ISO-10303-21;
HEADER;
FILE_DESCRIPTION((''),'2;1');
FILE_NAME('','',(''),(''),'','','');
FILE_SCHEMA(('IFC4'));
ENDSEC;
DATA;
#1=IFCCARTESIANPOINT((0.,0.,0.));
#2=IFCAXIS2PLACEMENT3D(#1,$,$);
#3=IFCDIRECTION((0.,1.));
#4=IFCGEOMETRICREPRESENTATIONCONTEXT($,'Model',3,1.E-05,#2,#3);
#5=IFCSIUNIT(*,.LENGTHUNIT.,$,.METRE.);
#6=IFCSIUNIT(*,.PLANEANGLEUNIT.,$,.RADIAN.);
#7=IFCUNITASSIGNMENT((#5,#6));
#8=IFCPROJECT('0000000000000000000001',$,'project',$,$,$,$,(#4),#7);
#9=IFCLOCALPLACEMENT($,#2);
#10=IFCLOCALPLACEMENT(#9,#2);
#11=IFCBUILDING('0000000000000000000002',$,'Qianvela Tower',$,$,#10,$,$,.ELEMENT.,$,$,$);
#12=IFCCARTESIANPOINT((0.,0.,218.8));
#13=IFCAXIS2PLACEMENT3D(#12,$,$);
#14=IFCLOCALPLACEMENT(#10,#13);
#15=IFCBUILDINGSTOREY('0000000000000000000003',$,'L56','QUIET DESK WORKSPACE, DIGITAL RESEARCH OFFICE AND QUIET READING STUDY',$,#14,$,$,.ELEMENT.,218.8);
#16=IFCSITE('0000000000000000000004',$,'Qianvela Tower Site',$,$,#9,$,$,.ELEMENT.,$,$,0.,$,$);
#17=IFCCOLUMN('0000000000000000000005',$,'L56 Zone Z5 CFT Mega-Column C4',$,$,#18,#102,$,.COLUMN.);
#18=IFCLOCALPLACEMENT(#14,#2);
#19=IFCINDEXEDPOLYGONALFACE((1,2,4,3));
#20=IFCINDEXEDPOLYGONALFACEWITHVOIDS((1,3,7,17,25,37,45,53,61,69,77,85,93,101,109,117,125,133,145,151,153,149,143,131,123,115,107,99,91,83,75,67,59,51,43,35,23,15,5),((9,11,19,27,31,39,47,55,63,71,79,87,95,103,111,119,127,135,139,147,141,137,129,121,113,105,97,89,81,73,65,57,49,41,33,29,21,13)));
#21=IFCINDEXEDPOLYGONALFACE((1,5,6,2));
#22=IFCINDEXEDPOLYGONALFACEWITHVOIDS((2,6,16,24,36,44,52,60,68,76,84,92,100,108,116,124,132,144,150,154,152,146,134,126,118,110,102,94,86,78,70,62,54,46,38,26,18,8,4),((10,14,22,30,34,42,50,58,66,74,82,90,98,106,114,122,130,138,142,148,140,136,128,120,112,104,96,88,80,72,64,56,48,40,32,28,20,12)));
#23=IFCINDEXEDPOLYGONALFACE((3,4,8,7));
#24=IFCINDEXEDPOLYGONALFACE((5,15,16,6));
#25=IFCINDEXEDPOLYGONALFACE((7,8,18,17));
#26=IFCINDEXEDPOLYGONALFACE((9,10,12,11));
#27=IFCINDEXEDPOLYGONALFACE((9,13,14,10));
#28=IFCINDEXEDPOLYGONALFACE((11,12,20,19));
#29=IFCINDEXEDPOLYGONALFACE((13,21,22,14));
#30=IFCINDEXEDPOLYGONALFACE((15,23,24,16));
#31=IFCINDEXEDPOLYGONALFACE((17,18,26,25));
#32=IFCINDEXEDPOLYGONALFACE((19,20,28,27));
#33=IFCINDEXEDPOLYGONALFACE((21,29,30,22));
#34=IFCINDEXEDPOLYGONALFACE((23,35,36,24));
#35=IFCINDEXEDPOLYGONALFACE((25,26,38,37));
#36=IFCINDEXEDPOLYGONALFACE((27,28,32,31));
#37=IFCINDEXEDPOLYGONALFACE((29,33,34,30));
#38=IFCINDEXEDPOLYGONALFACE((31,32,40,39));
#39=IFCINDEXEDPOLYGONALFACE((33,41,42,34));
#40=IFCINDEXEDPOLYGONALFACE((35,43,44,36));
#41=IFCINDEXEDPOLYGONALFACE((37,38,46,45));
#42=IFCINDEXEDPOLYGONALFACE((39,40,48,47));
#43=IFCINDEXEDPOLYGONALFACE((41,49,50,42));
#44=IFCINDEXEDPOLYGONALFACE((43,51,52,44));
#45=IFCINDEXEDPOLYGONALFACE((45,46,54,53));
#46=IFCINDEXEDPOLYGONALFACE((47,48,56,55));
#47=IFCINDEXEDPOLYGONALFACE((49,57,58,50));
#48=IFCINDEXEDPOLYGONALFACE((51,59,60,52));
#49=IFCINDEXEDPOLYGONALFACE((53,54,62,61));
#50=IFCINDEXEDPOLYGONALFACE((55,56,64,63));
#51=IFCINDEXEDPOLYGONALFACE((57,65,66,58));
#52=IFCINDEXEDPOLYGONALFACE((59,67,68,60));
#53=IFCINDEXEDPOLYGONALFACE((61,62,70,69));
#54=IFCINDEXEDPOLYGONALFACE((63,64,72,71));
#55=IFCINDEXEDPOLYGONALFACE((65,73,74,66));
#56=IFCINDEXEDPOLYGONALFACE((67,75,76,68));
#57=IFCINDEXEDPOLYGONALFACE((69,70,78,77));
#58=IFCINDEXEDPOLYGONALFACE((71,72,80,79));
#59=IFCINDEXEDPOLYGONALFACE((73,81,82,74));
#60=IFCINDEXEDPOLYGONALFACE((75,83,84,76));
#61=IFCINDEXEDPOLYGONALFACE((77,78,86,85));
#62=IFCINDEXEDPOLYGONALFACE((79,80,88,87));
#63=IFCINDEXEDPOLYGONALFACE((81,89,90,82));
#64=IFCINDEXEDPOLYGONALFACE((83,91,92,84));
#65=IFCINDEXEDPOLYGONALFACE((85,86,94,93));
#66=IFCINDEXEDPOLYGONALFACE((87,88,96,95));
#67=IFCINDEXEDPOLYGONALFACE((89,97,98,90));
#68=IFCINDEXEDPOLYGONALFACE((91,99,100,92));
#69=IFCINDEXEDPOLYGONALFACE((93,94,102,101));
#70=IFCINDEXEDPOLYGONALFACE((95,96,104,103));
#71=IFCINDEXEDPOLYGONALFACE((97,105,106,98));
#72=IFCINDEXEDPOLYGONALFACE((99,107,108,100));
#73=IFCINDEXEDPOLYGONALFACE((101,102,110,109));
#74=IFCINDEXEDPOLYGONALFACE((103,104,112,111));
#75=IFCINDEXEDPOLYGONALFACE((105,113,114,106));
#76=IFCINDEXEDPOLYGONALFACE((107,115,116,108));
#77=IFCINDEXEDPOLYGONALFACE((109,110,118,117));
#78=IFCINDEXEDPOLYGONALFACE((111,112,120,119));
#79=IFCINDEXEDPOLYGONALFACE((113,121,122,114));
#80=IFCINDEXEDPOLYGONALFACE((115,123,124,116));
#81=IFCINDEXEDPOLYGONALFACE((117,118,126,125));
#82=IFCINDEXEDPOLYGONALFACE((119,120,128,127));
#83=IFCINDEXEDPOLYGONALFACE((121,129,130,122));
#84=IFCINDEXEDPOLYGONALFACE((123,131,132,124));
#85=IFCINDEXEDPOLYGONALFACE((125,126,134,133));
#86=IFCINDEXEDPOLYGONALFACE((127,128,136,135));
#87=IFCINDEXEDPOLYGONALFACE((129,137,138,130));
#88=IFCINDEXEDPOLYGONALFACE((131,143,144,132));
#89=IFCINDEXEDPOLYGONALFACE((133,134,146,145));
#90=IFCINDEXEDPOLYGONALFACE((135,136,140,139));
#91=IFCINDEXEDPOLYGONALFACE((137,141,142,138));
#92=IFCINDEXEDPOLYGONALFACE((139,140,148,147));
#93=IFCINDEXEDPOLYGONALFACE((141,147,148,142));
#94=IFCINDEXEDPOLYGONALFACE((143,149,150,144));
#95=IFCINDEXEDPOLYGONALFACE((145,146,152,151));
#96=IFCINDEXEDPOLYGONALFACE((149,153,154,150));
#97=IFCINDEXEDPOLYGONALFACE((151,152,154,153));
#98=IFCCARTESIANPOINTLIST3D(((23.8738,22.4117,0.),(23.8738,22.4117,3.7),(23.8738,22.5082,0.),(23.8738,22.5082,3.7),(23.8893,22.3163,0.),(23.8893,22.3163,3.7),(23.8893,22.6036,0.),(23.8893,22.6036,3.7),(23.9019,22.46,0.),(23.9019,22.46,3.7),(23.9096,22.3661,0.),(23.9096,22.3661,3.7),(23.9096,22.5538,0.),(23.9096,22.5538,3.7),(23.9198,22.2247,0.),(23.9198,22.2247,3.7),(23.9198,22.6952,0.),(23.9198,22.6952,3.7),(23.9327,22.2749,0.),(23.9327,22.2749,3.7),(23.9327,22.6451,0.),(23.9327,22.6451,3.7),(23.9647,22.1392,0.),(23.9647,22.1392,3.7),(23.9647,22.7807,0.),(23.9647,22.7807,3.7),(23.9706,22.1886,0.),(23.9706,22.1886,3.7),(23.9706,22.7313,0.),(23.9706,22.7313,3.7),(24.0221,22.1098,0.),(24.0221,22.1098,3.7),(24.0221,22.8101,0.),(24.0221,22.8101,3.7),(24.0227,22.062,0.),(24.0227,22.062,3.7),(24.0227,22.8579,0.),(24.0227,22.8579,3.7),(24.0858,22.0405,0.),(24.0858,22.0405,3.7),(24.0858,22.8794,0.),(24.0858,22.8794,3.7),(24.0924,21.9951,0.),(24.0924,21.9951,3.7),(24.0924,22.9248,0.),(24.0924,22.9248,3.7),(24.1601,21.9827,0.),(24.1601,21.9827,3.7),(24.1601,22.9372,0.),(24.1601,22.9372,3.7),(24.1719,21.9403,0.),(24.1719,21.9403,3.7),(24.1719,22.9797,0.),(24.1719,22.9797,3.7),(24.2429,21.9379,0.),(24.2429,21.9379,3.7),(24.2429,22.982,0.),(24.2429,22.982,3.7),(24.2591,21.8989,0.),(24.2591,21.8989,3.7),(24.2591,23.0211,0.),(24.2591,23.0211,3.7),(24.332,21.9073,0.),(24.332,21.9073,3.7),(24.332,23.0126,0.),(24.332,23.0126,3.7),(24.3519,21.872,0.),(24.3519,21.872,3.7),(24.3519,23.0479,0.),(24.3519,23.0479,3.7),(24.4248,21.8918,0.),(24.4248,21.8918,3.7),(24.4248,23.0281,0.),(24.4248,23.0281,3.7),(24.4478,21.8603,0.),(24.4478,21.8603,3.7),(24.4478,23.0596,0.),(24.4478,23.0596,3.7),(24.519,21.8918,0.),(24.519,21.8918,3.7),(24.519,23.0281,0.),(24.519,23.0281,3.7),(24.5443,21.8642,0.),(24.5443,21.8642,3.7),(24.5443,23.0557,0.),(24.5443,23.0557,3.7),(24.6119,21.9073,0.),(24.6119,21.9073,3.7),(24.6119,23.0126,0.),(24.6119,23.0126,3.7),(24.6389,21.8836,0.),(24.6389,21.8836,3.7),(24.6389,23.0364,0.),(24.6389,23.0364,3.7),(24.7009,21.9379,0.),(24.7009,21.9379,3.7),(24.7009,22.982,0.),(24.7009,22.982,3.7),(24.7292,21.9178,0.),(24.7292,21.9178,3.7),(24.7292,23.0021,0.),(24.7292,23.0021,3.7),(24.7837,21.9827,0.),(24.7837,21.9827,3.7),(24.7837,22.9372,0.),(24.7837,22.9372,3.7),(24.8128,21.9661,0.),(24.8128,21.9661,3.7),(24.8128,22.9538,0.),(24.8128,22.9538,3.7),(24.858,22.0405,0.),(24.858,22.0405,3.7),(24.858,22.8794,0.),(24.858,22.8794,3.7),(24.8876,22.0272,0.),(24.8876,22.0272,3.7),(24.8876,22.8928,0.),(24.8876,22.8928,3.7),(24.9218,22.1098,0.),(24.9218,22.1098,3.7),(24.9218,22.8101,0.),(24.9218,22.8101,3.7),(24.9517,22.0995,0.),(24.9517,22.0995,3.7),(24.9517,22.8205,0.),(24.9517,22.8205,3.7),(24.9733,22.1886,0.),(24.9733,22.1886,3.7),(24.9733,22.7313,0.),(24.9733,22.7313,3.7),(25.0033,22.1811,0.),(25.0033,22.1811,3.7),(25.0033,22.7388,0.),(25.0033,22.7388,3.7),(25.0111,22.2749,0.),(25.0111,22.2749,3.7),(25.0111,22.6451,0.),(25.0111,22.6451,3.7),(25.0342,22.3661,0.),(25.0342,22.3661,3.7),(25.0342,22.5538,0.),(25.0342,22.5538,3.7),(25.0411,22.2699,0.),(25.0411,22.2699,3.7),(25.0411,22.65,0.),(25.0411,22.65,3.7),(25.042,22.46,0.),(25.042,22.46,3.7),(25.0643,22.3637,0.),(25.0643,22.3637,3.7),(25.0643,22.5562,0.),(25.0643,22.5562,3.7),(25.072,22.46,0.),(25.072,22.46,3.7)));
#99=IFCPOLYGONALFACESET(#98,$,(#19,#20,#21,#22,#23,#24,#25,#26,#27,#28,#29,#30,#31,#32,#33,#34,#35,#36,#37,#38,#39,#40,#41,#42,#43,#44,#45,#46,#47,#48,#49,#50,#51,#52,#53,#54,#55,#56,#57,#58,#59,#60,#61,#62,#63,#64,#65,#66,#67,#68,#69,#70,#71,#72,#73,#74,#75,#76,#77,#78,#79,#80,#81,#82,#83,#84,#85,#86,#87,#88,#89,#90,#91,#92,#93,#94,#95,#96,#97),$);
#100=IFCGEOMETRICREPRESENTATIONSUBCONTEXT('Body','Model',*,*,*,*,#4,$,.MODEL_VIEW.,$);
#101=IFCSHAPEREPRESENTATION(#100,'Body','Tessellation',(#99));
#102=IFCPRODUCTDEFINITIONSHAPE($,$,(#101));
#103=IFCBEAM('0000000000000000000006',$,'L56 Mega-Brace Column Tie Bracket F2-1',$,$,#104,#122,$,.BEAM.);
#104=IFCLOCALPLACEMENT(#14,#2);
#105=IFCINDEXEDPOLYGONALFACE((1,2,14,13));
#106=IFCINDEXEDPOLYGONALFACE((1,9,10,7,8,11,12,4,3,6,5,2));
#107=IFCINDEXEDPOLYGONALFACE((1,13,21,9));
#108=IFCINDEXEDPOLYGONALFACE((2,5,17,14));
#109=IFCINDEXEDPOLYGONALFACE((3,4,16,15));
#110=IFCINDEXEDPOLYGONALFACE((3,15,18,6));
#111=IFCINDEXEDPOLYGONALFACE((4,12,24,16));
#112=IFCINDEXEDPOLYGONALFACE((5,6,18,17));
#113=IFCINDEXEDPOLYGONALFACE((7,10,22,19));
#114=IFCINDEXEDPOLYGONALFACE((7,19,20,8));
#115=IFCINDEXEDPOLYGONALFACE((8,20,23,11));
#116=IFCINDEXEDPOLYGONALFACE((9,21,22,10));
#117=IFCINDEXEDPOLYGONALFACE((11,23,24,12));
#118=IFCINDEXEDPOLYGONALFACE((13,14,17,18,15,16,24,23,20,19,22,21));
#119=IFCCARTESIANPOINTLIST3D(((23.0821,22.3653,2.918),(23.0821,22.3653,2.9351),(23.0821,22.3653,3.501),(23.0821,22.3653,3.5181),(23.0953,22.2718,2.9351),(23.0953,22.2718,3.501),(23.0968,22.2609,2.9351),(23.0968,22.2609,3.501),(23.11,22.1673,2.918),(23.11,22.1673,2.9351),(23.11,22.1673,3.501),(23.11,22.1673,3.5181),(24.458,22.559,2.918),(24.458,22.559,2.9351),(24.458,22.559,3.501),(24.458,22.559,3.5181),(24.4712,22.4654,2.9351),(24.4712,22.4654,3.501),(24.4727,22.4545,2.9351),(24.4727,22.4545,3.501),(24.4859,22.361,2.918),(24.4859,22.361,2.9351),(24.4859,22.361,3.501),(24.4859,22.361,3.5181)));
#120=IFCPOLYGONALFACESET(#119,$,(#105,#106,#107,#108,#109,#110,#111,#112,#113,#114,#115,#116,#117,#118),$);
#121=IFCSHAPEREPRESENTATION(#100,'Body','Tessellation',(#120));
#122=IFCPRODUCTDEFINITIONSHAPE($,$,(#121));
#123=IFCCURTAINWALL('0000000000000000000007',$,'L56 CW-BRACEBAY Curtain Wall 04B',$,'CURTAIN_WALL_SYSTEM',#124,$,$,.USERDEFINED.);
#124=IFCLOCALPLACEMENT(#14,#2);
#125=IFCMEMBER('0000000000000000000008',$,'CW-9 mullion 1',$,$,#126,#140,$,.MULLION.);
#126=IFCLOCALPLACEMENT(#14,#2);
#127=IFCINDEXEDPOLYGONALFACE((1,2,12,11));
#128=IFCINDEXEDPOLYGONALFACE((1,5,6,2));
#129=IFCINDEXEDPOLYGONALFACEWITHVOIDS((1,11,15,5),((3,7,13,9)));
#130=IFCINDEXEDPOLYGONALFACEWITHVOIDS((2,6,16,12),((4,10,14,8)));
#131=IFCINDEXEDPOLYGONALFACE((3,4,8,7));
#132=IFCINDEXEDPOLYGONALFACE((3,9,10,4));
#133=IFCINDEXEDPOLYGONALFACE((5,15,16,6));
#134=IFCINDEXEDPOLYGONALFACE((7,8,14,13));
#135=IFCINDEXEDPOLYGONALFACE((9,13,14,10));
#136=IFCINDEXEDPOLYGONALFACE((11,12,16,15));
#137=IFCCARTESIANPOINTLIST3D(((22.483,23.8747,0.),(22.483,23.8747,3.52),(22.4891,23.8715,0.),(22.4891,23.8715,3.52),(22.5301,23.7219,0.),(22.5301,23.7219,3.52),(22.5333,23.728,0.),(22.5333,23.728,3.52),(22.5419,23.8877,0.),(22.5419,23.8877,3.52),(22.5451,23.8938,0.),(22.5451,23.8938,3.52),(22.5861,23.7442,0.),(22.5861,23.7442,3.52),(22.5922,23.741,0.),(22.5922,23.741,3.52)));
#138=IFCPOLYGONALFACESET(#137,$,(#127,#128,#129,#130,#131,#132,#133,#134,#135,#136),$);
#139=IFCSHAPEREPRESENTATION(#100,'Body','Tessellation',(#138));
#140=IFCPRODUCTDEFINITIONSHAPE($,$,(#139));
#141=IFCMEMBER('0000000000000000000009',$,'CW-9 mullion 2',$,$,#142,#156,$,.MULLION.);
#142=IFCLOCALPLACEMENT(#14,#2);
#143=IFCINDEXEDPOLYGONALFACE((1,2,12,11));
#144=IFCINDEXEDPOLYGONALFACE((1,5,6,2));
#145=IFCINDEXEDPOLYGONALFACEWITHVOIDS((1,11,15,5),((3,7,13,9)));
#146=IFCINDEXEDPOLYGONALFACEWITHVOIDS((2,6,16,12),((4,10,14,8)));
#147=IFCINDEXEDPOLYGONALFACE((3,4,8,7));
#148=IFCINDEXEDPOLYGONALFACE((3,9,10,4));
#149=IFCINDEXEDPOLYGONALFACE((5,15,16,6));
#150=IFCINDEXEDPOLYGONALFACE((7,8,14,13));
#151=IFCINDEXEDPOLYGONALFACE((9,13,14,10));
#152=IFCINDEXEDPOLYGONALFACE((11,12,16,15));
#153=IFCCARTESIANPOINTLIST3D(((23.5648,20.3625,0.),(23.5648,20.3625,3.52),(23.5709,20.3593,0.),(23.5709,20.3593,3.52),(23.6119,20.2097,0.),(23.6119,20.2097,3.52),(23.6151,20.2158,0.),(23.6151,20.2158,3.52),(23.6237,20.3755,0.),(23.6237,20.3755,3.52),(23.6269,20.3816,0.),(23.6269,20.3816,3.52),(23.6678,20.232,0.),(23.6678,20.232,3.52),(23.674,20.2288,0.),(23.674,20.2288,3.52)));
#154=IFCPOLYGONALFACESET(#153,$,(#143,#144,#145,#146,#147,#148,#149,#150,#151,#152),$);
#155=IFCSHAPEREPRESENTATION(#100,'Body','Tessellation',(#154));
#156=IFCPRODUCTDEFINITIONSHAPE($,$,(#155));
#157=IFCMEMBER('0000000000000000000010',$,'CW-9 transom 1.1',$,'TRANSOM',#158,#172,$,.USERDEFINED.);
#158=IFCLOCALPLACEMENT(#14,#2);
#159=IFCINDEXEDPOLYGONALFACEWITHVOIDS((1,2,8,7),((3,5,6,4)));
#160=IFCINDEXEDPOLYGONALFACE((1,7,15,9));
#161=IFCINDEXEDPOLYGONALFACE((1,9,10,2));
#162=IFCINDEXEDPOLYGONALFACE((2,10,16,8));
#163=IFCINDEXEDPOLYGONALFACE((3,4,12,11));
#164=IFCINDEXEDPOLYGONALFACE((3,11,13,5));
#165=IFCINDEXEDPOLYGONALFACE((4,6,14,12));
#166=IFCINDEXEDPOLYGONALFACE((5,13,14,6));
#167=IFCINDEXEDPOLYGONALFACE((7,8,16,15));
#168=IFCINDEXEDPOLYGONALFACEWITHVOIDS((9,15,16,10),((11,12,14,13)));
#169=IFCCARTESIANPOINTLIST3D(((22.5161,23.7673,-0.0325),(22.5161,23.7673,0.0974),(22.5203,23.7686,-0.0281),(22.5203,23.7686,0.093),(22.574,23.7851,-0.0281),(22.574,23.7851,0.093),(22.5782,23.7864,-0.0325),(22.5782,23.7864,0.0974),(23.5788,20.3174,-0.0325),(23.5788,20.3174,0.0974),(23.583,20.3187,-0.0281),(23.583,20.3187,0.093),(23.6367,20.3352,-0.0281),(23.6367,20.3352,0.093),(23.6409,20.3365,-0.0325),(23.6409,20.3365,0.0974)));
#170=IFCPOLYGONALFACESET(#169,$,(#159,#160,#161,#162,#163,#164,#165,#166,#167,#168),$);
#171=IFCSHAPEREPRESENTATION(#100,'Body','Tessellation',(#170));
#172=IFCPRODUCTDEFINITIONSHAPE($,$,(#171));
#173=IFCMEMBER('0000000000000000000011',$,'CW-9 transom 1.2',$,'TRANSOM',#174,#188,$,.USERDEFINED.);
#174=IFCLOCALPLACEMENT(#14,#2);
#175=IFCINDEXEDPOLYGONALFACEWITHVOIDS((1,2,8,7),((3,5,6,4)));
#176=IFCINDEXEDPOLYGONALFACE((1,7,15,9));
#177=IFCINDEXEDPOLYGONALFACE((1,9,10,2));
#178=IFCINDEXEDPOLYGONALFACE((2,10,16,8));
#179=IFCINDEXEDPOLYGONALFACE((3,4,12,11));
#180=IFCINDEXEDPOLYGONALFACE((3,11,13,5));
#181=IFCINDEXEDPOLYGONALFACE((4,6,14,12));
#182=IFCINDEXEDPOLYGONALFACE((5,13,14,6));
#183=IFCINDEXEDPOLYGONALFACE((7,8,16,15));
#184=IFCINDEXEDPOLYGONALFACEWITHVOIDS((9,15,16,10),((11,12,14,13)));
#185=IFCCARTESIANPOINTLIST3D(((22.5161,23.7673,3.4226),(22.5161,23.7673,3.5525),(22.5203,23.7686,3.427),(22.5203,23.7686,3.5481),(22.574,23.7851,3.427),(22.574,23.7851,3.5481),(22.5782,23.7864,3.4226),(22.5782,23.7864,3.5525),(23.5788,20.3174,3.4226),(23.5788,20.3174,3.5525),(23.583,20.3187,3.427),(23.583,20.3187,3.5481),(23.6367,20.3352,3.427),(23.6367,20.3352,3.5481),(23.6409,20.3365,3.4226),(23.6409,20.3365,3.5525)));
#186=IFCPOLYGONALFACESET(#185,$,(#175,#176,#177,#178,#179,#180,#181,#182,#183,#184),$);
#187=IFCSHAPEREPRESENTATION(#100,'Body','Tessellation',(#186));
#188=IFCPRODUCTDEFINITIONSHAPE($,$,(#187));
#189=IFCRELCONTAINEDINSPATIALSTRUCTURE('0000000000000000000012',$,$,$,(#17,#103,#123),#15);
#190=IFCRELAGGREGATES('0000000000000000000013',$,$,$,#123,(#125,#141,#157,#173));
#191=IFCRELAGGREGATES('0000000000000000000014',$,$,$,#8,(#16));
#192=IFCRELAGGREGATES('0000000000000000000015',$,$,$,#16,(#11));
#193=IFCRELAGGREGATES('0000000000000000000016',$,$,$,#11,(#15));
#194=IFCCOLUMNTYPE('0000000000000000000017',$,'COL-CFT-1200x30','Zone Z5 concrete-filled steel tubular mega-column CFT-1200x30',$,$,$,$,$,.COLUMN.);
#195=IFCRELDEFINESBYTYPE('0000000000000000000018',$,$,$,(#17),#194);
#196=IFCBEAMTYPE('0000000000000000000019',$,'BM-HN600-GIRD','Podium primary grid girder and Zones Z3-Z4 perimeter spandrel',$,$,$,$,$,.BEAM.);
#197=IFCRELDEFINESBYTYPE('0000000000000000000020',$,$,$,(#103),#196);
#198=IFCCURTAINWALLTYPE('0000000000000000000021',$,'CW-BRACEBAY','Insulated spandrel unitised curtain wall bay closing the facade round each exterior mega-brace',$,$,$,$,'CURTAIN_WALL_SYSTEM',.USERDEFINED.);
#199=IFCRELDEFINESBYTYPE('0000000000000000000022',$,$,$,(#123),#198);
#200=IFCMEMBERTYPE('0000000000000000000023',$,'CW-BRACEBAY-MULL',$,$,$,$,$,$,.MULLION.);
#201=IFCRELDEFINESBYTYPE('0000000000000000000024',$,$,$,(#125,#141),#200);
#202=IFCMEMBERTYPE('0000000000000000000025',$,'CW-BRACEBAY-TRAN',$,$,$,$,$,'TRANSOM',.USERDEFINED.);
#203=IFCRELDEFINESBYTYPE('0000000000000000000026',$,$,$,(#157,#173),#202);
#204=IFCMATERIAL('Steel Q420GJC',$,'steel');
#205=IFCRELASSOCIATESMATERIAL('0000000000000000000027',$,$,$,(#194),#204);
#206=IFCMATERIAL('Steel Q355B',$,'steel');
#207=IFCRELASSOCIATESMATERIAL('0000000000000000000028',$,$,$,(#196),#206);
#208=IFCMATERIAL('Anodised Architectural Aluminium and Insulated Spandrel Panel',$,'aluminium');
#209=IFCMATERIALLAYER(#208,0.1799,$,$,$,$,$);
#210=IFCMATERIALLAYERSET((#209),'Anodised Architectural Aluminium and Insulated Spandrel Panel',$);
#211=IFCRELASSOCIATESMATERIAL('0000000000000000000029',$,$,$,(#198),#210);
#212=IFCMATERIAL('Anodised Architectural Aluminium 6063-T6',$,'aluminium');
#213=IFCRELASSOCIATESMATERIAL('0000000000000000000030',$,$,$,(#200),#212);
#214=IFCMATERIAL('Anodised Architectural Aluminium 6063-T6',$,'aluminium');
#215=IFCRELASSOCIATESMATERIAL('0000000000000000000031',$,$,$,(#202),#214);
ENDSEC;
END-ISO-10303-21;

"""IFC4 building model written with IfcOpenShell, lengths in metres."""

from ifc_helpers import new_model, si_unit, direction, frame, origin, origin_2d, place, context, subcontext, project, spatial, hollow_rectangle, hollow_circle, i_section, extrude, material, layer, layer_set, material_profile, profile_set, type_object, element, aggregate, save


model = new_model("IFC4")

# Units and contexts
model_context = context("Model", 3, precision=1e-05, world=origin(), true_north=direction((0.0, 1.0)))
body_context = subcontext(model_context, "Body", "Model", "MODEL_VIEW")
ifc_project = project(units=[si_unit("LENGTHUNIT", "METRE"), si_unit("PLANEANGLEUNIT", "RADIAN")], contexts=[model_context])

# Site, building, storey
site_placement = place(None, origin())
site = spatial("IfcSite", under=ifc_project, at=site_placement, Name="Qianvela Tower Site", CompositionType="ELEMENT", RefElevation=0.0)
building_placement = place(site_placement, origin())
building = spatial("IfcBuilding", under=site, at=building_placement, Name="Qianvela Tower", CompositionType="ELEMENT")
storey_placement = place(building_placement, frame((0.0, 0.0, 218.8)))
storey = spatial("IfcBuildingStorey", under=building, at=storey_placement, Name="L56", Description="QUIET DESK WORKSPACE, DIGITAL RESEARCH OFFICE AND QUIET READING STUDY", CompositionType="ELEMENT", Elevation=218.8)

# Column
ifc_material_1 = material(Name="Steel Q420GJC", Category="steel")
ifc_material_profile_1 = material_profile(ifc_material_1, hollow_circle(Radius=0.6001, WallThickness=0.03, at=origin_2d()), Name="CFT-1200x30")
ifc_profile_set_1 = profile_set([ifc_material_profile_1], Name="Steel Q420GJC")
column_type = type_object("IfcColumnType", Name="COL-CFT-1200x30", Description="Zone Z5 concrete-filled steel tubular mega-column CFT-1200x30", PredefinedType="COLUMN", material=ifc_profile_set_1)
column_placement = place(storey_placement, frame((24.4719, 22.46, 0.0), z_axis=(0.0, 0.0, 1.0), x_axis=(1.0, 0.0, 0.0)))
element("IfcColumn", 1, at=column_placement, inside=storey, type_object=column_type, Name="L56 Zone Z5 CFT Mega-Column C4", PredefinedType="COLUMN", context=body_context, shape_type="SweptSolid", body=[
    extrude(hollow_circle(Radius=0.6001, WallThickness=0.03, at=origin_2d()), origin(), (0.0, 0.0, 1.0), 3.7),
])

# Beam
ifc_material_2 = material(Name="Steel Q355B", Category="steel")
ifc_material_profile_2 = material_profile(ifc_material_2, i_section(OverallWidth=0.2, OverallDepth=0.6001, WebThickness=0.011, FlangeThickness=0.0171, at=origin_2d()), Name="HN600x200x11x17")
ifc_profile_set_2 = profile_set([ifc_material_profile_2], Name="Steel Q355B")
beam_type = type_object("IfcBeamType", Name="BM-HN600-GIRD", Description="Podium primary grid girder and Zones Z3-Z4 perimeter spandrel", PredefinedType="BEAM", material=ifc_profile_set_2)
beam_placement = place(storey_placement, frame((24.4719, 22.46, 3.218), z_axis=(-0.990243, -0.139354, 0.0), x_axis=(0.139354, -0.990243, 0.0)))
element("IfcBeam", 2, at=beam_placement, inside=storey, type_object=beam_type, Name="L56 Mega-Brace Column Tie Bracket F2-1", PredefinedType="BEAM", context=body_context, shape_type="SweptSolid", body=[
    extrude(i_section(OverallWidth=0.2, OverallDepth=0.6001, WebThickness=0.011, FlangeThickness=0.0171, at=origin_2d()), origin(), (0.0, 0.0, 1.0), 1.3894),
])

# Curtain wall, members
ifc_material_3 = material(Name="Anodised Architectural Aluminium and Insulated Spandrel Panel", Category="aluminium")
ifc_layer_1 = layer(ifc_material_3, 0.1799)
ifc_layer_set_1 = layer_set([ifc_layer_1], Name="Anodised Architectural Aluminium and Insulated Spandrel Panel")
curtain_wall_type_1 = type_object("IfcCurtainWallType", Name="CW-BRACEBAY", Description="Insulated spandrel unitised curtain wall bay closing the facade round each exterior mega-brace", ElementType="CURTAIN_WALL_SYSTEM", PredefinedType="USERDEFINED", material=ifc_layer_set_1)
curtain_wall_1_placement = place(storey_placement, origin())
curtain_wall_1 = element("IfcCurtainWall", 3, at=curtain_wall_1_placement, inside=storey, type_object=curtain_wall_type_1, Name="L56 CW-BRACEBAY Curtain Wall 04B", ObjectType="CURTAIN_WALL_SYSTEM", PredefinedType="USERDEFINED")
ifc_material_4 = material(Name="Anodised Architectural Aluminium 6063-T6", Category="aluminium")
ifc_material_profile_3 = material_profile(ifc_material_4, hollow_rectangle(XDim=0.0649, YDim=0.1599, WallThickness=0.0049, at=origin_2d()), Name="ALU-MULL-65x160")
ifc_profile_set_3 = profile_set([ifc_material_profile_3], Name="Anodised Architectural Aluminium 6063-T6")
member_type_1 = type_object("IfcMemberType", Name="CW-BRACEBAY-MULL", PredefinedType="MULLION", material=ifc_profile_set_3)
member_1_placement = place(storey_placement, frame((22.5376, 23.8079, 0.0), z_axis=(0.0, 0.0, 1.0), x_axis=(0.955693, 0.294366, 0.0)))
member_1 = element("IfcMember", 4, at=member_1_placement, type_object=member_type_1, Name="CW-9 mullion 1", PredefinedType="MULLION", context=body_context, shape_type="SweptSolid", body=[
    extrude(hollow_rectangle(XDim=0.0649, YDim=0.1599, WallThickness=0.0049, at=origin_2d()), origin(), (0.0, 0.0, 1.0), 3.52),
])
member_2_placement = place(storey_placement, frame((23.6194, 20.2957, 0.0), z_axis=(0.0, 0.0, 1.0), x_axis=(0.955693, 0.294366, 0.0)))
member_2 = element("IfcMember", 5, at=member_2_placement, type_object=member_type_1, Name="CW-9 mullion 2", PredefinedType="MULLION", context=body_context, shape_type="SweptSolid", body=[
    extrude(hollow_rectangle(XDim=0.0649, YDim=0.1599, WallThickness=0.0049, at=origin_2d()), origin(), (0.0, 0.0, 1.0), 3.52),
])
ifc_material_5 = material(Name="Anodised Architectural Aluminium 6063-T6", Category="aluminium")
ifc_material_profile_4 = material_profile(ifc_material_5, hollow_rectangle(XDim=0.0649, YDim=0.1299, WallThickness=0.0044, at=origin_2d()), Name="ALU-TRAN-65x130")
ifc_profile_set_4 = profile_set([ifc_material_profile_4], Name="Anodised Architectural Aluminium 6063-T6")
member_type_2 = type_object("IfcMemberType", Name="CW-BRACEBAY-TRAN", ElementType="TRANSOM", PredefinedType="USERDEFINED", material=ifc_profile_set_4)
member_3_placement = place(storey_placement, frame((22.5471, 23.7769, 0.0325), z_axis=(0.294395, -0.955684, 0.0), x_axis=(0.955684, 0.294395, 0.0)))
member_3 = element("IfcMember", 6, at=member_3_placement, type_object=member_type_2, Name="CW-9 transom 1.1", ObjectType="TRANSOM", PredefinedType="USERDEFINED", context=body_context, shape_type="SweptSolid", body=[
    extrude(hollow_rectangle(XDim=0.0649, YDim=0.1299, WallThickness=0.0044, at=origin_2d()), origin(), (0.0, 0.0, 1.0), 3.6099),
])
member_4_placement = place(storey_placement, frame((22.5471, 23.7769, 3.4875), z_axis=(0.294395, -0.955684, 0.0), x_axis=(0.955684, 0.294395, 0.0)))
member_4 = element("IfcMember", 7, at=member_4_placement, type_object=member_type_2, Name="CW-9 transom 1.2", ObjectType="TRANSOM", PredefinedType="USERDEFINED", context=body_context, shape_type="SweptSolid", body=[
    extrude(hollow_rectangle(XDim=0.0649, YDim=0.1299, WallThickness=0.0044, at=origin_2d()), origin(), (0.0, 0.0, 1.0), 3.6099),
])

aggregate(curtain_wall_1, [member_1, member_2, member_3, member_4])

save(model, "model.ifc")
